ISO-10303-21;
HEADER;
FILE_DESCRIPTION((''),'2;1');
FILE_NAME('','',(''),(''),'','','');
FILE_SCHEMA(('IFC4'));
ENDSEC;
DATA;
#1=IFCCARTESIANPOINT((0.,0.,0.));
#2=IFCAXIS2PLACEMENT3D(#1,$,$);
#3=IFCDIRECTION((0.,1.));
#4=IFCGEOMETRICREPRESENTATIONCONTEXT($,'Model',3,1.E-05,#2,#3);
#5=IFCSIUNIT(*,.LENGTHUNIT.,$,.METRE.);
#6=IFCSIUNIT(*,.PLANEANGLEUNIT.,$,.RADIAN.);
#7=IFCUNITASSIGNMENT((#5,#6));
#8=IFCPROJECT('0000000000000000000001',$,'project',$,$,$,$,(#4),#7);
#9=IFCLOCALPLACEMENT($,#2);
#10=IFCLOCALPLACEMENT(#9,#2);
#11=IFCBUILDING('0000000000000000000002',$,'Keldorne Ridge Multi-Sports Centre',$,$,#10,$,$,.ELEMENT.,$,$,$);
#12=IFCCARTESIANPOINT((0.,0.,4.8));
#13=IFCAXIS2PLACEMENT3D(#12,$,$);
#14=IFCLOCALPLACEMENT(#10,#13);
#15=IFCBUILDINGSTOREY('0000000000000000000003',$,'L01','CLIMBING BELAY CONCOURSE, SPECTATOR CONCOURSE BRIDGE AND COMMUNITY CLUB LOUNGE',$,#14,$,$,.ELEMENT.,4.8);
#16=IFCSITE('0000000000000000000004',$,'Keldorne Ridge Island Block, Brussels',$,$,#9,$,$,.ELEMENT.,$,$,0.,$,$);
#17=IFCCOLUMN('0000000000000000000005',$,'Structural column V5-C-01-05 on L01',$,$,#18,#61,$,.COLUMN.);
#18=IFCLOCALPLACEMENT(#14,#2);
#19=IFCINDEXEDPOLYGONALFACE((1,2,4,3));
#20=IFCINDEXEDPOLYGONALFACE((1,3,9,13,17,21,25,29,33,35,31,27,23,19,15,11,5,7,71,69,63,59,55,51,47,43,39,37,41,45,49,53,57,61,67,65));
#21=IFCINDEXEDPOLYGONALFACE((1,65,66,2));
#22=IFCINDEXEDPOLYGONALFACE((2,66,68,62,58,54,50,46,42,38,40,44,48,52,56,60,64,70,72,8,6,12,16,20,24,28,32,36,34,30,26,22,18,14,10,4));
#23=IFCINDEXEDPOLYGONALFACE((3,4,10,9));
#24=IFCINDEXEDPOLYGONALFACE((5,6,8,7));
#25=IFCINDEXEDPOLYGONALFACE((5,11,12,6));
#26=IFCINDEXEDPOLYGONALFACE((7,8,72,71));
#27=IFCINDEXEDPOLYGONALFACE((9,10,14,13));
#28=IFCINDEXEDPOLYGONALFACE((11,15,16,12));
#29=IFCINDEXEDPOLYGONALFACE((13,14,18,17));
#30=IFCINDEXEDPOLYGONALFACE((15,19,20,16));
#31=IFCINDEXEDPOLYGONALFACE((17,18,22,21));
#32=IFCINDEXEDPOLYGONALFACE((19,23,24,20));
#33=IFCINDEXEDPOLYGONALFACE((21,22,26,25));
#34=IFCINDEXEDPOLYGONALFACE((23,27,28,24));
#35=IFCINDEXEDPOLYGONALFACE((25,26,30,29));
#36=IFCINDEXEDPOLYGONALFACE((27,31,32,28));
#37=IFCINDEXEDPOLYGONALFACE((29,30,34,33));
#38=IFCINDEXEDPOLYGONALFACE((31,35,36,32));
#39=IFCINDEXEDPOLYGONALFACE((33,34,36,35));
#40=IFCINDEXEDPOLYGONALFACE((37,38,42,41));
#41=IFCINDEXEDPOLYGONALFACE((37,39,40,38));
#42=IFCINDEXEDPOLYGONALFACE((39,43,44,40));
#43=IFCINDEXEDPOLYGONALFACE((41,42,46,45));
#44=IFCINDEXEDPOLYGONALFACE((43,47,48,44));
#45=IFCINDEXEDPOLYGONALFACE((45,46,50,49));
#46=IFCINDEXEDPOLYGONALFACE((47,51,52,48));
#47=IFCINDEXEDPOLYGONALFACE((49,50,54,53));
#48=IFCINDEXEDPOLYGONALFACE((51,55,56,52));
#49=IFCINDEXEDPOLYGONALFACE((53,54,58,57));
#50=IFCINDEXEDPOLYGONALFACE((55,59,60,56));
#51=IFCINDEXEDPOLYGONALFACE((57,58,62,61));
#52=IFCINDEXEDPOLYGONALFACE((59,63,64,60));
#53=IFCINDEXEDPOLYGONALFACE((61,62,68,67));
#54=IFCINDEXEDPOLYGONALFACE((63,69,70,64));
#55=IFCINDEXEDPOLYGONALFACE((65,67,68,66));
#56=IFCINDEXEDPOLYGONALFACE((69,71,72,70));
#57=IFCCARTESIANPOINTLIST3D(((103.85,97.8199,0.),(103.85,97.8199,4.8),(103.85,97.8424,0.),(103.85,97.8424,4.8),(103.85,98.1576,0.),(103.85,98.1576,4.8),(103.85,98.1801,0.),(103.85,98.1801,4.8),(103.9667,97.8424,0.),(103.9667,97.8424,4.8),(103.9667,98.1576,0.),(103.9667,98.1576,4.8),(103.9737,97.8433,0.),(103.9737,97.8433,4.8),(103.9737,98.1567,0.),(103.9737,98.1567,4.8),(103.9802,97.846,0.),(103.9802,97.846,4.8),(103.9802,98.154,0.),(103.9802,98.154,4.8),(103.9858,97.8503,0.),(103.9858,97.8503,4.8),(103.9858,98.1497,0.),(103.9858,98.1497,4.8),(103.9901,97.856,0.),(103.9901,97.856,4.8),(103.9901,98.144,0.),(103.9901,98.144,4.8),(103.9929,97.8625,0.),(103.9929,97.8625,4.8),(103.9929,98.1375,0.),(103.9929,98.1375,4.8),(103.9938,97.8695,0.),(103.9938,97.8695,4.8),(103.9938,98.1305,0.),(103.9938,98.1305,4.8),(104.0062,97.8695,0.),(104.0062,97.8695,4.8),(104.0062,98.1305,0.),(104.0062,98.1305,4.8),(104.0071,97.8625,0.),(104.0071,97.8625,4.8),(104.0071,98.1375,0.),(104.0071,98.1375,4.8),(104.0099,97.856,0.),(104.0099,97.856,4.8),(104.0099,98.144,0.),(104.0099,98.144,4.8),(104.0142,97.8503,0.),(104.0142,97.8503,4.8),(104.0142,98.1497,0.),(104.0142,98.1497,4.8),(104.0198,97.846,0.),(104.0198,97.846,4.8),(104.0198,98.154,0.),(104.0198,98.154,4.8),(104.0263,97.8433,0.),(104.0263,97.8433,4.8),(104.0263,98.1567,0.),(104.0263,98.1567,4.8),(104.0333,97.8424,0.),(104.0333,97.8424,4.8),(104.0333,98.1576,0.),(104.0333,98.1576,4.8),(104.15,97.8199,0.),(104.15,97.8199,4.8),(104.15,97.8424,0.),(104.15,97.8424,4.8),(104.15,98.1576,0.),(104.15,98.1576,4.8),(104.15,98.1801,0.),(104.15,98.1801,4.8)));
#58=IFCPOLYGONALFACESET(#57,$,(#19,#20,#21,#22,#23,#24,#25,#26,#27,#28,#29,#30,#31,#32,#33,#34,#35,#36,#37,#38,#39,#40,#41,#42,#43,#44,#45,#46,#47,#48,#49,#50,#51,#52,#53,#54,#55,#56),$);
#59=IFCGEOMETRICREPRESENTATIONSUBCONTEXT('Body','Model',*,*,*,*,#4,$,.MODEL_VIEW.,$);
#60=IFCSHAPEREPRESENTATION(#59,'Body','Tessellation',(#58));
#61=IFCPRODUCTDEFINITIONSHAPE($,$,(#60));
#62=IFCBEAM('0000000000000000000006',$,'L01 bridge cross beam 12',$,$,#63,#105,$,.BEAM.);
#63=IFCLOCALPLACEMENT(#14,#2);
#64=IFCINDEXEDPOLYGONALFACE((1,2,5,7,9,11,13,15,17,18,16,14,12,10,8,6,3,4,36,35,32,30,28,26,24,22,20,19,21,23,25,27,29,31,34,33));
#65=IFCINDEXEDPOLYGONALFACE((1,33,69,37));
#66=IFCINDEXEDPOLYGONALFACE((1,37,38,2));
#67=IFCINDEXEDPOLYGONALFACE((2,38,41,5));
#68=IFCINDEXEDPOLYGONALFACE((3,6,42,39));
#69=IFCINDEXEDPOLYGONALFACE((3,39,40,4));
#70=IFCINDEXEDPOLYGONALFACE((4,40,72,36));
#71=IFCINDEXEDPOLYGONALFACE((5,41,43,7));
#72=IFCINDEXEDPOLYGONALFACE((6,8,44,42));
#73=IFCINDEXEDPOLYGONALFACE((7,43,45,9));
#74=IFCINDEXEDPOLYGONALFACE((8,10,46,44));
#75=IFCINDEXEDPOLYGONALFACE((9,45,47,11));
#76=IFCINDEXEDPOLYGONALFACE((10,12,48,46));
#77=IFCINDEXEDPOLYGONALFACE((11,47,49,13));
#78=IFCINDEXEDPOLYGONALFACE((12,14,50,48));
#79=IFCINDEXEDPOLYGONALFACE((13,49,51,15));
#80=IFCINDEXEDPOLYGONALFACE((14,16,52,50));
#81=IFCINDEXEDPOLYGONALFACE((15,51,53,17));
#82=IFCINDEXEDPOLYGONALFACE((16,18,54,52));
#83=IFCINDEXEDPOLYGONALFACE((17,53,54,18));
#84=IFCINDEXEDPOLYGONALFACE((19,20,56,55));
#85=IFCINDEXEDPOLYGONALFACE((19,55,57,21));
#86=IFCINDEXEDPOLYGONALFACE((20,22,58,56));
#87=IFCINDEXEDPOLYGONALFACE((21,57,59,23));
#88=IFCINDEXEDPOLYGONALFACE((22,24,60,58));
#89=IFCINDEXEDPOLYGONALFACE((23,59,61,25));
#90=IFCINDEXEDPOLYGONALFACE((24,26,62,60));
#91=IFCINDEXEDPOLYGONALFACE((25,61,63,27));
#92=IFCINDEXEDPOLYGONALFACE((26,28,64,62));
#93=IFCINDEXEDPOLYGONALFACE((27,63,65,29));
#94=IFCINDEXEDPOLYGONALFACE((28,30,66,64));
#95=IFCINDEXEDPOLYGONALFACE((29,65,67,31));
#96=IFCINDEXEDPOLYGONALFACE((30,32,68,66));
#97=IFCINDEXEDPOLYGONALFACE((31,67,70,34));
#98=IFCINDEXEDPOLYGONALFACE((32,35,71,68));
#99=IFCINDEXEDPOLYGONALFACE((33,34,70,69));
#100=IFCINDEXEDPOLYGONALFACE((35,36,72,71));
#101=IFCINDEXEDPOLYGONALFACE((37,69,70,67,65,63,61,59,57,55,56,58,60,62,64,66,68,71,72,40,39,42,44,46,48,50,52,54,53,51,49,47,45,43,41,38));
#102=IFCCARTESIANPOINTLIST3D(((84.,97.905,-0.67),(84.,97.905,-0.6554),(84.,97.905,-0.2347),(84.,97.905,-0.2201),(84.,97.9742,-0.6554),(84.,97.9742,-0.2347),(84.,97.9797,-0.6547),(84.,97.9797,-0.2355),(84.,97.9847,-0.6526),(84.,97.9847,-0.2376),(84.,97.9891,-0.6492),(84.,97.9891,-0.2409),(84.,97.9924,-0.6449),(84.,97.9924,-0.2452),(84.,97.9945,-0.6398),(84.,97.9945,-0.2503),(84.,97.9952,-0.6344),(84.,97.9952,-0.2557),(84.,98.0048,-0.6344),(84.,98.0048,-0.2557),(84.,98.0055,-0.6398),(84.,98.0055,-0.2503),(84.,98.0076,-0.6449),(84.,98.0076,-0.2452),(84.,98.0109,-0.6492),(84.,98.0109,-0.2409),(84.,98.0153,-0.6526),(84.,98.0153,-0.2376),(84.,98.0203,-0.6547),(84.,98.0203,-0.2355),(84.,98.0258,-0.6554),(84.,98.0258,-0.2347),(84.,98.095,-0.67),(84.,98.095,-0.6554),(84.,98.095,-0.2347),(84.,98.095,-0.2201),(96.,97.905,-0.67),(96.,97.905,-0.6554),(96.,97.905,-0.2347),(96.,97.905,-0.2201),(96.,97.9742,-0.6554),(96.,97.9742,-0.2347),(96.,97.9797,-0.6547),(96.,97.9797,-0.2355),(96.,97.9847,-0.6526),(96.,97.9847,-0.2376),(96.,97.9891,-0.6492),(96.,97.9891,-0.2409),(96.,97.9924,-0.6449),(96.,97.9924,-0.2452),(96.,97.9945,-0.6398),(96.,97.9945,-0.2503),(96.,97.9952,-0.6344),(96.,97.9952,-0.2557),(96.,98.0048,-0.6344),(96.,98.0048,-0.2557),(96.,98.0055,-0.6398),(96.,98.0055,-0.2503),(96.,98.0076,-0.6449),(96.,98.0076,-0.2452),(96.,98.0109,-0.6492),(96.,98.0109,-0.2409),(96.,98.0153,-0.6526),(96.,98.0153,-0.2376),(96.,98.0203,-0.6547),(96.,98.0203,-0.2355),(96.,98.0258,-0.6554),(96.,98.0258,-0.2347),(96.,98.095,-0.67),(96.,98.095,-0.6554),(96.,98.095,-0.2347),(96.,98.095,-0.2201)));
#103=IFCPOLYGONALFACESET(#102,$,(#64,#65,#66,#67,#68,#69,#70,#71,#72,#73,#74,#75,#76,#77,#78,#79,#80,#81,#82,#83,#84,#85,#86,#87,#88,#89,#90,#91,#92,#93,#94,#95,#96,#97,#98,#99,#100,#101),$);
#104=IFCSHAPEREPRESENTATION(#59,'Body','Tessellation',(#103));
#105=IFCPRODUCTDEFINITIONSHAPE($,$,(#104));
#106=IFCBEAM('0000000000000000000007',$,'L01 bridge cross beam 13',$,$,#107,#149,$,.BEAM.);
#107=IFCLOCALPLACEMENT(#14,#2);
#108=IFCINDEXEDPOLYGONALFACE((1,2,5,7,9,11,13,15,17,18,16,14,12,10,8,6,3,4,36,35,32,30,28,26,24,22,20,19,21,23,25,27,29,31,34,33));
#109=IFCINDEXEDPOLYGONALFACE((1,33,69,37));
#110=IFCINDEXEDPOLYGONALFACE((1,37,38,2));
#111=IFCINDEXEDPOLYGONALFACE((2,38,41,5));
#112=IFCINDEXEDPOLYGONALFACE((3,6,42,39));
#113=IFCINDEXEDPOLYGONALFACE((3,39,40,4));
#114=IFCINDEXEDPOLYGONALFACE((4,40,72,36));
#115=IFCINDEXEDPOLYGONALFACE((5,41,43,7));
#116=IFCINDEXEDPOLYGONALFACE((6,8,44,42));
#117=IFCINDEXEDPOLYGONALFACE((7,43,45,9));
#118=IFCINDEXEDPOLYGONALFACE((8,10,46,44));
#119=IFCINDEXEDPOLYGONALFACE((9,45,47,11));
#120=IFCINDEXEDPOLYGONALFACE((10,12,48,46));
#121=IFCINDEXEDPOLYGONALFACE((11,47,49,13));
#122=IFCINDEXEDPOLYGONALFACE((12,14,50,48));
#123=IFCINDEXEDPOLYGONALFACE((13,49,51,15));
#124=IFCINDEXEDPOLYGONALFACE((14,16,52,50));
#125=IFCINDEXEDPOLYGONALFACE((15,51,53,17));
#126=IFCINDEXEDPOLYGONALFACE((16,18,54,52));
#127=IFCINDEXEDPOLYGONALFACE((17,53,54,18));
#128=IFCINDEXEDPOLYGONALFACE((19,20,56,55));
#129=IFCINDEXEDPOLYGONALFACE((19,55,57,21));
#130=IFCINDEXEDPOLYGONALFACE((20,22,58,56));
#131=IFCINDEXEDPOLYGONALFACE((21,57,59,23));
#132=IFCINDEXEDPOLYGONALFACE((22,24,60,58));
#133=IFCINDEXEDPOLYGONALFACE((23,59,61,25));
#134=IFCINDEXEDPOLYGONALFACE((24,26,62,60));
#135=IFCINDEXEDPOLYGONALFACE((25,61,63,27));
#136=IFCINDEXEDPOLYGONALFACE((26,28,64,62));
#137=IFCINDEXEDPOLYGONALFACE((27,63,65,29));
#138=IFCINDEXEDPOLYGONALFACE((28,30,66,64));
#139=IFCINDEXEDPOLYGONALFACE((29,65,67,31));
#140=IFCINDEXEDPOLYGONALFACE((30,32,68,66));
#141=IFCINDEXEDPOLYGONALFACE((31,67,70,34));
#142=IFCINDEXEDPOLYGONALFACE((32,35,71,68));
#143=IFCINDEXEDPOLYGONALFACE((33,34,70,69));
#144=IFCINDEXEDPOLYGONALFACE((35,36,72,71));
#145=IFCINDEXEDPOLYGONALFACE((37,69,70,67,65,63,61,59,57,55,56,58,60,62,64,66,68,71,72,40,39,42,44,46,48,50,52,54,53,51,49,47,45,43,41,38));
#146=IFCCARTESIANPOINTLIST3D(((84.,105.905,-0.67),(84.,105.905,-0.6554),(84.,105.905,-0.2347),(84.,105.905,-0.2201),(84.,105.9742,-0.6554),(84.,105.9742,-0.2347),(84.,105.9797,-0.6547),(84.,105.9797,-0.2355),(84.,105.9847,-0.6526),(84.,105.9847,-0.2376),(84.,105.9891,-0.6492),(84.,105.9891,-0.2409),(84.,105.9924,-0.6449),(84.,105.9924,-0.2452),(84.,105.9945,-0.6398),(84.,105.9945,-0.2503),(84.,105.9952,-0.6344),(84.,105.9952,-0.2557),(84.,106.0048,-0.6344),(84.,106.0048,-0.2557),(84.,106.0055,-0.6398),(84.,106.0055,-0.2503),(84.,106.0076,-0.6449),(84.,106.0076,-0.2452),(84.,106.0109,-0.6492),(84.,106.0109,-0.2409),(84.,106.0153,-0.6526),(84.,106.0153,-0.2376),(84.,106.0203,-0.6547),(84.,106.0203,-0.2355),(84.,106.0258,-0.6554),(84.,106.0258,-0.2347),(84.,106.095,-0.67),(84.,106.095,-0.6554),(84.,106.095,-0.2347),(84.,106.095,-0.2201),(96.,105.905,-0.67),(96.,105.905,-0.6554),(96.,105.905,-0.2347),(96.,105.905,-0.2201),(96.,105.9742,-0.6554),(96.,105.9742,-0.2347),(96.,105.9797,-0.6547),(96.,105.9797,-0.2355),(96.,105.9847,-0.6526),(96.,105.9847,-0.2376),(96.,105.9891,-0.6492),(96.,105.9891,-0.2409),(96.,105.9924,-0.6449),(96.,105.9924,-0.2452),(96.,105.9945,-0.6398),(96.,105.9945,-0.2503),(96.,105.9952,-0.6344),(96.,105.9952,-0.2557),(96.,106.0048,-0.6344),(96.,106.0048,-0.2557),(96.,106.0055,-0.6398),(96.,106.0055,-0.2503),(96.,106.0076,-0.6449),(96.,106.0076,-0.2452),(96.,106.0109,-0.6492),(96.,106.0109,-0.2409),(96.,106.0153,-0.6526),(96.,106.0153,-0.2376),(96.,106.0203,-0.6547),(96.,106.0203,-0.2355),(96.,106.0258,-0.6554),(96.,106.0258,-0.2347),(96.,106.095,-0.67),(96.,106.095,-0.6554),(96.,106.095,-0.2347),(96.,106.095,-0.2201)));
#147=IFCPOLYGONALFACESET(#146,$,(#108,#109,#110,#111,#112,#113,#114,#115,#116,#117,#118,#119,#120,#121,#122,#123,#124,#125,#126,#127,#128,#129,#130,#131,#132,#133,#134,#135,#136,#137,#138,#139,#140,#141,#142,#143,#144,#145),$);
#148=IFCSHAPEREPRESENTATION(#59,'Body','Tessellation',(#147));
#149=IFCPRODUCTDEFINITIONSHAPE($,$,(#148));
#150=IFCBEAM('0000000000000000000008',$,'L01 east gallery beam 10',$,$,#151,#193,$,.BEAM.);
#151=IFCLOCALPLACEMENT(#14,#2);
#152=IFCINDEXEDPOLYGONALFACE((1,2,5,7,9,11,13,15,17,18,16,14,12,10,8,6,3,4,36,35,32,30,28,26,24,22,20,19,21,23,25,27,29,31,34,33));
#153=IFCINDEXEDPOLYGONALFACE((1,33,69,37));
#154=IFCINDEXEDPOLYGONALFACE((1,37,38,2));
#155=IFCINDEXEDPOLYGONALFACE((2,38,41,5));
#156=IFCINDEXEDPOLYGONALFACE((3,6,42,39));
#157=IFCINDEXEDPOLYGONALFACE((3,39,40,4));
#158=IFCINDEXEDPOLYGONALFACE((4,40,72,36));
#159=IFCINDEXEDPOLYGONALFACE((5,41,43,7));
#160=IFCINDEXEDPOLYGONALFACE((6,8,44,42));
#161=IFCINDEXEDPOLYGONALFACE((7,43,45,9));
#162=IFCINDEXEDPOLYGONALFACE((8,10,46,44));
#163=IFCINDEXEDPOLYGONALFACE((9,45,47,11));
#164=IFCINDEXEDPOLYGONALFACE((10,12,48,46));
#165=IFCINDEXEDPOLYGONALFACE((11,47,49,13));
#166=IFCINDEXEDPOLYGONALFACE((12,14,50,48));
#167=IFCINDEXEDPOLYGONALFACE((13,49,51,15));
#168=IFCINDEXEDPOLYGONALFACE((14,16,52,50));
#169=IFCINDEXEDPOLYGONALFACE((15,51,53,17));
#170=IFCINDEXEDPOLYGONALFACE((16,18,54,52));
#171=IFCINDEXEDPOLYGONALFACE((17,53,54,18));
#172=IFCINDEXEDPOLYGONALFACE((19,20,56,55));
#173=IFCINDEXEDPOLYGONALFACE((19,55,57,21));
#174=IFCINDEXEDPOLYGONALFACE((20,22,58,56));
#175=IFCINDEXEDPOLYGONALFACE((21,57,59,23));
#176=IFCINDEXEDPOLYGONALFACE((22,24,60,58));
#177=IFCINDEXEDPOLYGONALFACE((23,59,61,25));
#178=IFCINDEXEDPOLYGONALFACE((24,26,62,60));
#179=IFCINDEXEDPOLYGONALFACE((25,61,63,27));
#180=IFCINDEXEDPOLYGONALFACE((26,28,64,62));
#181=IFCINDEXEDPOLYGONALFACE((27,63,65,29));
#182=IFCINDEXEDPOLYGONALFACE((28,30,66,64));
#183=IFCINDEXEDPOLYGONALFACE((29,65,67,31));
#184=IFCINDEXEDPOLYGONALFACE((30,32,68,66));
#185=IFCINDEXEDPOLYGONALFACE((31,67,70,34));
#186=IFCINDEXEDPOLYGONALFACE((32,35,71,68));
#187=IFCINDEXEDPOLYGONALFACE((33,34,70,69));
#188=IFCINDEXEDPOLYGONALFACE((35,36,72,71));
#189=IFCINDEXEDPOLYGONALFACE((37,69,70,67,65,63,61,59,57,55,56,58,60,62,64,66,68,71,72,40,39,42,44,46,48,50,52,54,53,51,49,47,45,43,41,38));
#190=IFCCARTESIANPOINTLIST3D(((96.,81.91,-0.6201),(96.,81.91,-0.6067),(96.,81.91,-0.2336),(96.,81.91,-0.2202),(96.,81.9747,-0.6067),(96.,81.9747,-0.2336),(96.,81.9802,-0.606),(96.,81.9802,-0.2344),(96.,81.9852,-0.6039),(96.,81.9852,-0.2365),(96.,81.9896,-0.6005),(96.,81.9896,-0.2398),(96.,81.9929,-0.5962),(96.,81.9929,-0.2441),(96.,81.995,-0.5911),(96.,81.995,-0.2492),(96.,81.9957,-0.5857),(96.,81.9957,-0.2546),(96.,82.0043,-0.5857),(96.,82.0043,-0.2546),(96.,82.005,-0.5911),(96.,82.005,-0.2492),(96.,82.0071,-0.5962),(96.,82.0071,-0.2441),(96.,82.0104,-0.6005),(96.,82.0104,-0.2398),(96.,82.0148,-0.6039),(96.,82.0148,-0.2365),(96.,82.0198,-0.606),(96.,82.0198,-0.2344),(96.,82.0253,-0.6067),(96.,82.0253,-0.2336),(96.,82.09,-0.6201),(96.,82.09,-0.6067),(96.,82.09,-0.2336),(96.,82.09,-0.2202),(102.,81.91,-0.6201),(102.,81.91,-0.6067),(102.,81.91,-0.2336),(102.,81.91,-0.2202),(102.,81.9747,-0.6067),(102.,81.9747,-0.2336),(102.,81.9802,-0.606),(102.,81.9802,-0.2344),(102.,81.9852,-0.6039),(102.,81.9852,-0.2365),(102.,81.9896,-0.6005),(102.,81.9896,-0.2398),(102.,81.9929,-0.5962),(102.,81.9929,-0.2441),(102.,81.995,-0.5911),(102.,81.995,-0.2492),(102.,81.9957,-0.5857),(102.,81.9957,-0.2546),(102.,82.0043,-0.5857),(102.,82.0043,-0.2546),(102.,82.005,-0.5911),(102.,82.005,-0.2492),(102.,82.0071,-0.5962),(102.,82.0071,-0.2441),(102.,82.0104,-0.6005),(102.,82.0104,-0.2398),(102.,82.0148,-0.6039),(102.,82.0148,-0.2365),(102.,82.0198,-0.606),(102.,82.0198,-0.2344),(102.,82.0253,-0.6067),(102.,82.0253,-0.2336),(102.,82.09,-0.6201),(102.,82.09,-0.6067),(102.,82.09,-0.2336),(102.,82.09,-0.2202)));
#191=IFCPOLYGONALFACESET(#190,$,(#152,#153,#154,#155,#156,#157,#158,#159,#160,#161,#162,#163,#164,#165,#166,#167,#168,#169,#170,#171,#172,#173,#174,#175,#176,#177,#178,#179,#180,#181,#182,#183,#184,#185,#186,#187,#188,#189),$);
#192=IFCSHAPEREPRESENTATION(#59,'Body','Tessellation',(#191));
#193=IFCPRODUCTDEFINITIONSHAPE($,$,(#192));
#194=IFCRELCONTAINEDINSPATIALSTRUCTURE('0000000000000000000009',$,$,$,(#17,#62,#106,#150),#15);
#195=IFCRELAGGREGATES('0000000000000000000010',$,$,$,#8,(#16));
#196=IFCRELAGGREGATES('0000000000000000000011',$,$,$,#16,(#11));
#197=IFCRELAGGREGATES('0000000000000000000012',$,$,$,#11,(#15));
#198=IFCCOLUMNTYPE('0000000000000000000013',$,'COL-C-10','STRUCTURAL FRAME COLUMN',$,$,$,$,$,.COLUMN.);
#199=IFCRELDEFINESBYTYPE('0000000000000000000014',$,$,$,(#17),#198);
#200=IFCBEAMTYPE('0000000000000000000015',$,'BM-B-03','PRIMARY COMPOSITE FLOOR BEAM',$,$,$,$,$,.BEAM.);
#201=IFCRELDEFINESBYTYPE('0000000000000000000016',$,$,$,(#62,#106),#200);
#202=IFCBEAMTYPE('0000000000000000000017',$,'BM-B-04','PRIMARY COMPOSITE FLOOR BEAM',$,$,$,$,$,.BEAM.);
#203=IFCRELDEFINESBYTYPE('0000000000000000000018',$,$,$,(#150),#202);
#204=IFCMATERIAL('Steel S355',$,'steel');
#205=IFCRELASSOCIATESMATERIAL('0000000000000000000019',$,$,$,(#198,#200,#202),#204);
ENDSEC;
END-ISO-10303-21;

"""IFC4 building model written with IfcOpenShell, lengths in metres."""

from ifc_helpers import new_model, si_unit, direction, frame, origin, origin_2d, place, context, subcontext, project, spatial, i_section, extrude, material, material_profile, profile_set, type_object, element, save


model = new_model("IFC4")

# Units and contexts
model_context = context("Model", 3, precision=1e-05, world=origin(), true_north=direction((0.0, 1.0)))
body_context = subcontext(model_context, "Body", "Model", "MODEL_VIEW")
ifc_project = project(units=[si_unit("LENGTHUNIT", "METRE"), si_unit("PLANEANGLEUNIT", "RADIAN")], contexts=[model_context])

# Site, building, storey
site_placement = place(None, origin())
site = spatial("IfcSite", under=ifc_project, at=site_placement, Name="Keldorne Ridge Island Block, Brussels", CompositionType="ELEMENT", RefElevation=0.0)
building_placement = place(site_placement, origin())
building = spatial("IfcBuilding", under=site, at=building_placement, Name="Keldorne Ridge Multi-Sports Centre", CompositionType="ELEMENT")
storey_placement = place(building_placement, frame((0.0, 0.0, 4.8)))
storey = spatial("IfcBuildingStorey", under=building, at=storey_placement, Name="L01", Description="CLIMBING BELAY CONCOURSE, SPECTATOR CONCOURSE BRIDGE AND COMMUNITY CLUB LOUNGE", CompositionType="ELEMENT", Elevation=4.8)

# Column
ifc_material_1 = material(Name="Steel S355", Category="steel")
ifc_material_profile_1 = material_profile(ifc_material_1, i_section(OverallWidth=0.3, OverallDepth=0.3601, WebThickness=0.0125, FlangeThickness=0.0225, FilletRadius=0.0271, at=origin_2d()), Name="HEB 360")
ifc_profile_set_1 = profile_set([ifc_material_profile_1], Name="Steel S355")
column_type_1 = type_object("IfcColumnType", Name="COL-C-10", Description="STRUCTURAL FRAME COLUMN", PredefinedType="COLUMN", material=ifc_profile_set_1)
for number, where, z_axis, x_axis, name in (
    (1, (104.0, 98.0, 0.0), (0.0, 0.0, 1.0), (1.0, 0.0, 0.0), "Structural column V5-C-01-05 on L01"),
):
    element("IfcColumn", number, at=place(storey_placement, frame(where, z_axis=z_axis, x_axis=x_axis)), inside=storey, type_object=column_type_1, Name=name, PredefinedType="COLUMN", context=body_context, shape_type="SweptSolid", body=[
        extrude(i_section(OverallWidth=0.3, OverallDepth=0.3601, WebThickness=0.0125, FlangeThickness=0.0225, FilletRadius=0.0271, at=origin_2d()), origin(), (0.0, 0.0, 1.0), 4.8),
    ])

# Beams
ifc_material_profile_2 = material_profile(ifc_material_1, i_section(OverallWidth=0.1899, OverallDepth=0.45, WebThickness=0.0095, FlangeThickness=0.0146, FilletRadius=0.021, at=origin_2d()), Name="IPE 450")
ifc_profile_set_2 = profile_set([ifc_material_profile_2], Name="Steel S355")
beam_type_1 = type_object("IfcBeamType", Name="BM-B-03", Description="PRIMARY COMPOSITE FLOOR BEAM", PredefinedType="BEAM", material=ifc_profile_set_2)
for number, where, z_axis, x_axis, name in (
    (2, (84.0, 98.0, -0.4451), (1.0, 0.0, 0.0), (0.0, 1.0, 0.0), "L01 bridge cross beam 12"),
    (3, (84.0, 106.0, -0.4451), (1.0, 0.0, 0.0), (0.0, 1.0, 0.0), "L01 bridge cross beam 13"),
):
    element("IfcBeam", number, at=place(storey_placement, frame(where, z_axis=z_axis, x_axis=x_axis)), inside=storey, type_object=beam_type_1, Name=name, PredefinedType="BEAM", context=body_context, shape_type="SweptSolid", body=[
        extrude(i_section(OverallWidth=0.1899, OverallDepth=0.45, WebThickness=0.0095, FlangeThickness=0.0146, FilletRadius=0.021, at=origin_2d()), origin(), (0.0, 0.0, 1.0), 12.0),
    ])
ifc_material_profile_3 = material_profile(ifc_material_1, i_section(OverallWidth=0.1799, OverallDepth=0.3999, WebThickness=0.0085, FlangeThickness=0.0134, FilletRadius=0.021, at=origin_2d()), Name="IPE 400")
ifc_profile_set_3 = profile_set([ifc_material_profile_3], Name="Steel S355")
beam_type_2 = type_object("IfcBeamType", Name="BM-B-04", Description="PRIMARY COMPOSITE FLOOR BEAM", PredefinedType="BEAM", material=ifc_profile_set_3)
for number, where, z_axis, x_axis, name in (
    (4, (96.0, 82.0, -0.4202), (1.0, 0.0, 0.0), (0.0, 1.0, 0.0), "L01 east gallery beam 10"),
):
    element("IfcBeam", number, at=place(storey_placement, frame(where, z_axis=z_axis, x_axis=x_axis)), inside=storey, type_object=beam_type_2, Name=name, PredefinedType="BEAM", context=body_context, shape_type="SweptSolid", body=[
        extrude(i_section(OverallWidth=0.1799, OverallDepth=0.3999, WebThickness=0.0085, FlangeThickness=0.0134, FilletRadius=0.021, at=origin_2d()), origin(), (0.0, 0.0, 1.0), 6.0),
    ])

save(model, "model.ifc")
